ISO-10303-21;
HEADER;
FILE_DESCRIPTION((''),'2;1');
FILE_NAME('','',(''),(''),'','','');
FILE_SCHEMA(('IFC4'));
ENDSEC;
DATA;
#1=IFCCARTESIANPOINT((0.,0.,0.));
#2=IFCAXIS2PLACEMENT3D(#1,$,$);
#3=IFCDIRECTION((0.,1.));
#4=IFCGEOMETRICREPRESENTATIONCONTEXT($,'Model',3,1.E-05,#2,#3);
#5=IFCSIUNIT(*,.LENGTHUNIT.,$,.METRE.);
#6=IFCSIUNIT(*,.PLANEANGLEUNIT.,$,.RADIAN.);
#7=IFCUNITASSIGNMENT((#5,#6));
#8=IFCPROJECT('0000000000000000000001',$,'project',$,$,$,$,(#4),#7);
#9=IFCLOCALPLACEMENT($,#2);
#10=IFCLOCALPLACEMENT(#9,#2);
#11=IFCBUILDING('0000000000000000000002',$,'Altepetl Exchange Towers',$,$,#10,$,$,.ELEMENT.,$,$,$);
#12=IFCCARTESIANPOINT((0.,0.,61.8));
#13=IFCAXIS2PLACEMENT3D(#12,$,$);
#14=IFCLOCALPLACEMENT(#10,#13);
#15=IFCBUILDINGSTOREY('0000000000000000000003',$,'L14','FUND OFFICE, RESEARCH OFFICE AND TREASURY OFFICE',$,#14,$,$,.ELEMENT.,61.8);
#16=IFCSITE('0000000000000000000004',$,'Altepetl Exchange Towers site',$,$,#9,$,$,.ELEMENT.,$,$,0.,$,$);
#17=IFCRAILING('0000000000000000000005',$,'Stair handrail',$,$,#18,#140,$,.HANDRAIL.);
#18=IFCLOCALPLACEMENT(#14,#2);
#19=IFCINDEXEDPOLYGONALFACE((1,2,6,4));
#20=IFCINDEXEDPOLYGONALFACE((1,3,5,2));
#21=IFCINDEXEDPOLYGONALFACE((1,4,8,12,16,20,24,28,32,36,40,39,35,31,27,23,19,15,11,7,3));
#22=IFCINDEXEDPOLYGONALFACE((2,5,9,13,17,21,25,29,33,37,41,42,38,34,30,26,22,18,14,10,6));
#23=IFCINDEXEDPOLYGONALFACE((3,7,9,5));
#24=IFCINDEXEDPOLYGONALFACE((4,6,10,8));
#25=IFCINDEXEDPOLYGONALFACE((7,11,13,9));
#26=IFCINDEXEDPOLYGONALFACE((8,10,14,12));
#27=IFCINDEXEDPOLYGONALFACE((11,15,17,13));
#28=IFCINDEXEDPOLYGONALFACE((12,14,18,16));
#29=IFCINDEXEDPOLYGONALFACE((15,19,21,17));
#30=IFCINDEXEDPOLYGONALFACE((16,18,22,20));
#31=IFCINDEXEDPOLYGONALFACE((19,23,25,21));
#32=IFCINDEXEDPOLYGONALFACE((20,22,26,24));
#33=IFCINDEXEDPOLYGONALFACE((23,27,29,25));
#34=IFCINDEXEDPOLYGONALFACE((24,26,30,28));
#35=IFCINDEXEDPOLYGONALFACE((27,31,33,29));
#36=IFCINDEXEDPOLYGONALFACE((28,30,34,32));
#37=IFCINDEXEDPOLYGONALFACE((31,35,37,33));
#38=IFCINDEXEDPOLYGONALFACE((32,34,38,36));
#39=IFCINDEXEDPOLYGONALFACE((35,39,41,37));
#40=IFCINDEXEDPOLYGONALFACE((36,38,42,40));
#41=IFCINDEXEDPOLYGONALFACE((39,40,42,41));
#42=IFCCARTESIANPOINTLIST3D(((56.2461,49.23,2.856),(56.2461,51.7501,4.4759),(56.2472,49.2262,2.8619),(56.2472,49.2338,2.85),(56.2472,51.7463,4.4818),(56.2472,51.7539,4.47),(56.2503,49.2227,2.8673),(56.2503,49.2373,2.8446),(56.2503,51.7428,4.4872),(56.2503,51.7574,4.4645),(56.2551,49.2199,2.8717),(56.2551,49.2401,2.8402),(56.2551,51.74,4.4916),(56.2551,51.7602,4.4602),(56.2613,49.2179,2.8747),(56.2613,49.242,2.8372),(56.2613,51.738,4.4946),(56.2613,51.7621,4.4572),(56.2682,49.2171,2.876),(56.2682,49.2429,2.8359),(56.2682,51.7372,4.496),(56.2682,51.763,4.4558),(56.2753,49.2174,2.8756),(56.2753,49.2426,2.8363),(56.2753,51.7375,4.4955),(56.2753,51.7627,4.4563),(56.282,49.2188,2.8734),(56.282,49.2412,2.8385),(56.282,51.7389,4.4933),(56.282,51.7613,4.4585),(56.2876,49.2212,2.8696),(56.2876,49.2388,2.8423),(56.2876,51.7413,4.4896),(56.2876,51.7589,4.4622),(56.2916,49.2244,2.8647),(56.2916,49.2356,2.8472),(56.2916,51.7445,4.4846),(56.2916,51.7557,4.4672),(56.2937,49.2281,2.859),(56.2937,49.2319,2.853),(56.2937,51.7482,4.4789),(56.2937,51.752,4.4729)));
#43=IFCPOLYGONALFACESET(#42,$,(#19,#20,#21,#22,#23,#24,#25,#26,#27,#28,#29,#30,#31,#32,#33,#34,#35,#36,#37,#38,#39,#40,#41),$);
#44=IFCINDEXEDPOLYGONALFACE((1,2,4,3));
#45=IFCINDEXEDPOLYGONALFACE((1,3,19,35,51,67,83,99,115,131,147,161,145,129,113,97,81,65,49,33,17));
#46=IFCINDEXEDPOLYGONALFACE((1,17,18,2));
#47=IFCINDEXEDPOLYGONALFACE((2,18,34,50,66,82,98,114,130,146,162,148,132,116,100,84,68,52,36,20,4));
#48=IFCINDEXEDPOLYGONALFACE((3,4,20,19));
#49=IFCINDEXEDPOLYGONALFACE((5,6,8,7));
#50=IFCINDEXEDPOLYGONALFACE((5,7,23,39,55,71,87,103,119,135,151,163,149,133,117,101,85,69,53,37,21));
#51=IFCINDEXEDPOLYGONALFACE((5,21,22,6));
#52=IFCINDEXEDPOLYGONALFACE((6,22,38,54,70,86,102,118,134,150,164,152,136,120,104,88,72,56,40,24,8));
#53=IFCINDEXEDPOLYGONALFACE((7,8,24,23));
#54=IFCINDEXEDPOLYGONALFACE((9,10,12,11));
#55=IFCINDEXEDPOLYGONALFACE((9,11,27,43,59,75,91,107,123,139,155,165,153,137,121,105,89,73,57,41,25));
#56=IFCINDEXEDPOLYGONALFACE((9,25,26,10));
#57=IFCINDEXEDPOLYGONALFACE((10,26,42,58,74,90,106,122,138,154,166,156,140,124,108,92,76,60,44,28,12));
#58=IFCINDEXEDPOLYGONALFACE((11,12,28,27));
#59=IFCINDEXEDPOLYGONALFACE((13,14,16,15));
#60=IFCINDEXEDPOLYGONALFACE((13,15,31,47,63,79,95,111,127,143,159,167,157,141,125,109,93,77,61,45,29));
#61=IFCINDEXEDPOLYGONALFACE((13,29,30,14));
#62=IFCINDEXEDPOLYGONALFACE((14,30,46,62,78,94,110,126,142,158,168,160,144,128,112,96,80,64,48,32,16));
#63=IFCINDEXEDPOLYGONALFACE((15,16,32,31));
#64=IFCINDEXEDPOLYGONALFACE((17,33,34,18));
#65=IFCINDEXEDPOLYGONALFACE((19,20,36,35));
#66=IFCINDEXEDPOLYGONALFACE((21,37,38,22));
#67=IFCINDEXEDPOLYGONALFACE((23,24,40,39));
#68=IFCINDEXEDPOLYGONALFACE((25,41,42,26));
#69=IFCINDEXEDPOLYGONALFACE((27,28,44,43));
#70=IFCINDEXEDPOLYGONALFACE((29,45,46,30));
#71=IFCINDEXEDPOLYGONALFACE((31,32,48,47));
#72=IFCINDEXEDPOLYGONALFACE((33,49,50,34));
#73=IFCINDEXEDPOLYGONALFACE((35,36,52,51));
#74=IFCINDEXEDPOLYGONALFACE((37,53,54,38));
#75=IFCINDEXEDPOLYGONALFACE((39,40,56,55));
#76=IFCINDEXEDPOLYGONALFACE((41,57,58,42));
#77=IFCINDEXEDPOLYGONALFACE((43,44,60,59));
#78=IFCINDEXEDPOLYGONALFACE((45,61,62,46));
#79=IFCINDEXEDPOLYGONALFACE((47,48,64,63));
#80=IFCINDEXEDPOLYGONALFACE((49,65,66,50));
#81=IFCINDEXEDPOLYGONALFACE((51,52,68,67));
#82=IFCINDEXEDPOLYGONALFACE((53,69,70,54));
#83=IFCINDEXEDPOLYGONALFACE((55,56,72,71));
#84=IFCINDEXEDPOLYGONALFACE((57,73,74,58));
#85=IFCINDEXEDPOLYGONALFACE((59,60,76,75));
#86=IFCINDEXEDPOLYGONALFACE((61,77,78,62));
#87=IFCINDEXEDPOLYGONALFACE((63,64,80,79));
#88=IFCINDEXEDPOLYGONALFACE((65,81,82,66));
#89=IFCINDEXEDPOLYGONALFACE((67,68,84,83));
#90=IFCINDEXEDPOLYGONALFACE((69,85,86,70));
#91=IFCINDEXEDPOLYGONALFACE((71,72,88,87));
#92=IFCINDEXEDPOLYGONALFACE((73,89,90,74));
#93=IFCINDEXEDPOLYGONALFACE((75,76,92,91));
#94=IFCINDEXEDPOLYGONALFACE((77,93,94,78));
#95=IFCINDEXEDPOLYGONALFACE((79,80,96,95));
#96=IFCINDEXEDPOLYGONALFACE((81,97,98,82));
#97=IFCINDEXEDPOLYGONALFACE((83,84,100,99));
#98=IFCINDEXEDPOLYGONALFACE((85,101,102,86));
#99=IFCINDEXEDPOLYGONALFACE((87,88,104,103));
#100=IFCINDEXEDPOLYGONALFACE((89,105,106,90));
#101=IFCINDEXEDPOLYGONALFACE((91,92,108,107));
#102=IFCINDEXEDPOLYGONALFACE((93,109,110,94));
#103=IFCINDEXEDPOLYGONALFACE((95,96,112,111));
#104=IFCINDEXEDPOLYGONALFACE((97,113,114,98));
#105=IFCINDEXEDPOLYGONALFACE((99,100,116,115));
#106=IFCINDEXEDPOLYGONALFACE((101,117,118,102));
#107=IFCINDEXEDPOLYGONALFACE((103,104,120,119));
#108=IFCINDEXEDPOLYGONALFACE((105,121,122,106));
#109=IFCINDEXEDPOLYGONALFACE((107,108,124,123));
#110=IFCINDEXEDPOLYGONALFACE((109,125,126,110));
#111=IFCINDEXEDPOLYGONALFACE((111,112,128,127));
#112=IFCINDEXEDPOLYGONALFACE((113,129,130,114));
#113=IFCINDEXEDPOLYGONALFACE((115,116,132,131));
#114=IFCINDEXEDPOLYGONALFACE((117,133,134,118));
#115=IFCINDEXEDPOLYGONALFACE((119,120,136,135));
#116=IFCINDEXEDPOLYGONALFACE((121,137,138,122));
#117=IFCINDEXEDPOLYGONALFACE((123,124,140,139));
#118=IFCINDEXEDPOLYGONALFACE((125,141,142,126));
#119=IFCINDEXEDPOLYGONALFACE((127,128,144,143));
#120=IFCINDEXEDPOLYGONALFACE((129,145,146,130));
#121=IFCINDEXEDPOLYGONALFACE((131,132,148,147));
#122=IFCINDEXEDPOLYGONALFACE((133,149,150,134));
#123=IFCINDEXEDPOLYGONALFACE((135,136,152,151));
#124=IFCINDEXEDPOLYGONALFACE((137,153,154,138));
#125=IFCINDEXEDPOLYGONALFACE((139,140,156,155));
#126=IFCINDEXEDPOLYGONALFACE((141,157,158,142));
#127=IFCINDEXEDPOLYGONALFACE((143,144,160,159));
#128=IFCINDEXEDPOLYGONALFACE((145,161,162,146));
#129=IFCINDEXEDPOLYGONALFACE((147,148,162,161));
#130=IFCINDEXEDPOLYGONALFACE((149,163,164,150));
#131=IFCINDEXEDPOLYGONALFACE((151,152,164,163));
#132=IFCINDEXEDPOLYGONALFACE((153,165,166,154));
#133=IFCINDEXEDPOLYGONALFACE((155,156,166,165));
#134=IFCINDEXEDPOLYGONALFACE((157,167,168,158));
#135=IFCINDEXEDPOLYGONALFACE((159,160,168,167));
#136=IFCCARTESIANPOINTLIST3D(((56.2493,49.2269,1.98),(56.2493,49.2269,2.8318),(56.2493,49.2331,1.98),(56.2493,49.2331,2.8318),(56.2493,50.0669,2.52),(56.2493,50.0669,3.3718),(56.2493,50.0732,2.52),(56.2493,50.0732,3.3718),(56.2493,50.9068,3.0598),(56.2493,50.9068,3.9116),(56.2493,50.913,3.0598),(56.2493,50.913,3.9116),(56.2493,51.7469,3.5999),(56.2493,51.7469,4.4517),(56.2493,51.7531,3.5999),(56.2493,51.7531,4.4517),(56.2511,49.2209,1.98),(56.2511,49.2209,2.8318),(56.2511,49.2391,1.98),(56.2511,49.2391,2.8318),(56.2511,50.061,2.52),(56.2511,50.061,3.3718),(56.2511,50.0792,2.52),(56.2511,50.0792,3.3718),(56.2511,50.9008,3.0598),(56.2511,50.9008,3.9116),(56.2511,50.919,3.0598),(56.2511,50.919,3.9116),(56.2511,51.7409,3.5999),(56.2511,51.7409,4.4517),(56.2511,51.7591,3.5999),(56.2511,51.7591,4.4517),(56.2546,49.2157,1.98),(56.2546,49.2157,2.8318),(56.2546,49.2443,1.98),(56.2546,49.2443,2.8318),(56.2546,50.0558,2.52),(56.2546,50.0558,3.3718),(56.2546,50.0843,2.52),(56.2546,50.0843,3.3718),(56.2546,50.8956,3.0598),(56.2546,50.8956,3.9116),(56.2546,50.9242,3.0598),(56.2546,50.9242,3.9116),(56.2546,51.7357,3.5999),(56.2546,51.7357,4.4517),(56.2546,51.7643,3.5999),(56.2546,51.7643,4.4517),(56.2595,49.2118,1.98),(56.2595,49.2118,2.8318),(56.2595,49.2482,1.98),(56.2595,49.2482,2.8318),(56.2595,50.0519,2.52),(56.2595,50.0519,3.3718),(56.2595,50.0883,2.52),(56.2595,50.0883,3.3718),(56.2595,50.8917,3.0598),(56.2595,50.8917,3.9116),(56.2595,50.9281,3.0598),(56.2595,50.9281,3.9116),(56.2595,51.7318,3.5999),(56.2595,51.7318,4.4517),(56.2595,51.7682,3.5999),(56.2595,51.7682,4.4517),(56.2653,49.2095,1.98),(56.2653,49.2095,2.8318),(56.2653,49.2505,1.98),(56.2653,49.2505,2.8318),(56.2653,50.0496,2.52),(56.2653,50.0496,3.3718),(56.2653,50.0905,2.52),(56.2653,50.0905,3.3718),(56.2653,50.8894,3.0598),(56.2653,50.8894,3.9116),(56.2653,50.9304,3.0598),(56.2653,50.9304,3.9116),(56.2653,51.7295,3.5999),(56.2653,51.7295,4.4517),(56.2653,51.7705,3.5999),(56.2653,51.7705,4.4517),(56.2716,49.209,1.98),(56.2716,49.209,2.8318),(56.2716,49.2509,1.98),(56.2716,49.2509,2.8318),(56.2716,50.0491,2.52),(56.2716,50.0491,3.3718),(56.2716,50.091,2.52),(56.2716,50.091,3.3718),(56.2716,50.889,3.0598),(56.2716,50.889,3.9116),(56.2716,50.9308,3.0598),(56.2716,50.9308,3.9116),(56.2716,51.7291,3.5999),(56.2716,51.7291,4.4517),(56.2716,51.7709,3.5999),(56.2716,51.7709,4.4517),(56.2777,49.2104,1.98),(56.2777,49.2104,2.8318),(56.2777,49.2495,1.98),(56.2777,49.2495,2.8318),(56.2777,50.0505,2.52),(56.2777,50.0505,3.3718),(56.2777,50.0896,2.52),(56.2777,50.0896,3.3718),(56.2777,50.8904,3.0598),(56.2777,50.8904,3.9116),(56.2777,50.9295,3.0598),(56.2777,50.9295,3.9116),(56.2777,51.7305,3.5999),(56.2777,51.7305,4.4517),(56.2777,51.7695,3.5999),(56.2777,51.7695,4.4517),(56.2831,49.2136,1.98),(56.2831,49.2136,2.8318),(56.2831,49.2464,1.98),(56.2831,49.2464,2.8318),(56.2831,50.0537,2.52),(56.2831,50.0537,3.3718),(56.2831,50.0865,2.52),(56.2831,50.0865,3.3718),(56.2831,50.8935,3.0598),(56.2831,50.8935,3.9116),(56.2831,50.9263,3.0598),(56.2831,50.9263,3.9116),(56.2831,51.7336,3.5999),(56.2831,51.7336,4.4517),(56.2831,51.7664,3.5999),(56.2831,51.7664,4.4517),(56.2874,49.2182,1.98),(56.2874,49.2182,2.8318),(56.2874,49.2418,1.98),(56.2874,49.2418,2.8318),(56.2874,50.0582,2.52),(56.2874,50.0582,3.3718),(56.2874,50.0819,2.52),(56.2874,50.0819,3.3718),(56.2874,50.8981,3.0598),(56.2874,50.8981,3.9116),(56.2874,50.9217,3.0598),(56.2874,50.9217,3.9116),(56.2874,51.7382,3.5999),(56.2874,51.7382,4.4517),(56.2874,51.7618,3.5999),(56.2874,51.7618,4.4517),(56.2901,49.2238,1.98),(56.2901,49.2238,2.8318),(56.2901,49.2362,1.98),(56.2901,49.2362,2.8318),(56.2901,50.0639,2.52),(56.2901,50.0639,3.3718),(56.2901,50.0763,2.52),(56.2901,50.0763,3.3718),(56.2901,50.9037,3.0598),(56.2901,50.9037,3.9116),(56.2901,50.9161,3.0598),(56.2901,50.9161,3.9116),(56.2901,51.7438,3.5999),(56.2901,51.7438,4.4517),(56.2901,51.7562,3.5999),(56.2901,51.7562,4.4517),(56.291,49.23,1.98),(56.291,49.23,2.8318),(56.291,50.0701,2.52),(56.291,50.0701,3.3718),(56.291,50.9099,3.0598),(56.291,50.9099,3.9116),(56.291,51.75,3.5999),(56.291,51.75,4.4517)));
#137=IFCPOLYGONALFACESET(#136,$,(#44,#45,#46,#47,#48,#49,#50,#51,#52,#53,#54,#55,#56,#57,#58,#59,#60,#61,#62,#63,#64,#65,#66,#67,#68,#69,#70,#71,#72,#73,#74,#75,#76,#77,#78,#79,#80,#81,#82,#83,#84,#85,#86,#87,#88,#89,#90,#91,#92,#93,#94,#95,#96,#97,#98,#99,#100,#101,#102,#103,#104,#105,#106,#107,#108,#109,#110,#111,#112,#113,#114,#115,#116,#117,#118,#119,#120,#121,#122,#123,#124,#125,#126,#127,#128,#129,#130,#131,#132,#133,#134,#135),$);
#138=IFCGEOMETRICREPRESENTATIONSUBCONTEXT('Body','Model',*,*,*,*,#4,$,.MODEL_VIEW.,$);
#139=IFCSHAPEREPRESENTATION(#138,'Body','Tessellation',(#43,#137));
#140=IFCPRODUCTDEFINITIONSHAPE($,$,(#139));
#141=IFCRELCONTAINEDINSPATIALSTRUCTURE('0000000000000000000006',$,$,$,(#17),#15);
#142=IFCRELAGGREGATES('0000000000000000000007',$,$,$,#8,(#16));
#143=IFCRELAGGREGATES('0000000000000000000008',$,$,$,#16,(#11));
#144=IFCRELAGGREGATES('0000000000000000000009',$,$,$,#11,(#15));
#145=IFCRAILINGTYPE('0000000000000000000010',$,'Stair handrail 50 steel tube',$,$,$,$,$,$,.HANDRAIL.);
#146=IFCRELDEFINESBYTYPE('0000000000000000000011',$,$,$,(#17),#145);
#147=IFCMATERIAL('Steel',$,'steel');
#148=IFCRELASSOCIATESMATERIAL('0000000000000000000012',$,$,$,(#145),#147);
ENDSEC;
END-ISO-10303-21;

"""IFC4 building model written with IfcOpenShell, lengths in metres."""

from ifc_helpers import new_model, si_unit, direction, frame, origin, origin_2d, place, context, subcontext, project, spatial, circle, extrude, source, transform, mapped, material, type_object, element, save


model = new_model("IFC4")

# Units and contexts
model_context = context("Model", 3, precision=1e-05, world=origin(), true_north=direction((0.0, 1.0)))
body_context = subcontext(model_context, "Body", "Model", "MODEL_VIEW")
ifc_project = project(units=[si_unit("LENGTHUNIT", "METRE"), si_unit("PLANEANGLEUNIT", "RADIAN")], contexts=[model_context])

# Site, building, storey
site_placement = place(None, origin())
site = spatial("IfcSite", under=ifc_project, at=site_placement, Name="Altepetl Exchange Towers site", CompositionType="ELEMENT", RefElevation=0.0)
building_placement = place(site_placement, origin())
building = spatial("IfcBuilding", under=site, at=building_placement, Name="Altepetl Exchange Towers", CompositionType="ELEMENT")
storey_placement = place(building_placement, frame((0.0, 0.0, 61.8)))
storey = spatial("IfcBuildingStorey", under=building, at=storey_placement, Name="L14", Description="FUND OFFICE, RESEARCH OFFICE AND TREASURY OFFICE", CompositionType="ELEMENT", Elevation=61.8)

# Railing
ifc_material_1 = material(Name="Steel", Category="steel")
railing_type = type_object("IfcRailingType", Name="Stair handrail 50 steel tube", PredefinedType="HANDRAIL", material=ifc_material_1)
shared_shape = source(origin(), body_context, "Body", "SweptSolid", [
    extrude(circle(Radius=0.021, at=origin_2d()), origin(), (0.0, 0.0, 1.0), 0.8518),
])
railing_1_placement = place(storey_placement, frame((56.27, 49.23, 1.98)))
element("IfcRailing", 1, at=railing_1_placement, inside=storey, type_object=railing_type, Name="Stair handrail", PredefinedType="HANDRAIL", context=body_context, shape_type="SweptSolid", body=[
    extrude(circle(Radius=0.0239, at=origin_2d()), frame((0.0, 0.0, 0.876), z_axis=(0.0, 0.8412, 0.540725), x_axis=(-1.0, 0.0, 0.0)), (0.0, 0.0, 1.0), 2.9958),
    mapped(shared_shape, transform((0.0, 0.0, 0.0))),
    mapped(shared_shape, transform((0.0, 0.8401, 0.54))),
    mapped(shared_shape, transform((0.0, 1.6799, 1.0798))),
    mapped(shared_shape, transform((0.0, 2.52, 1.6199))),
])

save(model, "model.ifc")
